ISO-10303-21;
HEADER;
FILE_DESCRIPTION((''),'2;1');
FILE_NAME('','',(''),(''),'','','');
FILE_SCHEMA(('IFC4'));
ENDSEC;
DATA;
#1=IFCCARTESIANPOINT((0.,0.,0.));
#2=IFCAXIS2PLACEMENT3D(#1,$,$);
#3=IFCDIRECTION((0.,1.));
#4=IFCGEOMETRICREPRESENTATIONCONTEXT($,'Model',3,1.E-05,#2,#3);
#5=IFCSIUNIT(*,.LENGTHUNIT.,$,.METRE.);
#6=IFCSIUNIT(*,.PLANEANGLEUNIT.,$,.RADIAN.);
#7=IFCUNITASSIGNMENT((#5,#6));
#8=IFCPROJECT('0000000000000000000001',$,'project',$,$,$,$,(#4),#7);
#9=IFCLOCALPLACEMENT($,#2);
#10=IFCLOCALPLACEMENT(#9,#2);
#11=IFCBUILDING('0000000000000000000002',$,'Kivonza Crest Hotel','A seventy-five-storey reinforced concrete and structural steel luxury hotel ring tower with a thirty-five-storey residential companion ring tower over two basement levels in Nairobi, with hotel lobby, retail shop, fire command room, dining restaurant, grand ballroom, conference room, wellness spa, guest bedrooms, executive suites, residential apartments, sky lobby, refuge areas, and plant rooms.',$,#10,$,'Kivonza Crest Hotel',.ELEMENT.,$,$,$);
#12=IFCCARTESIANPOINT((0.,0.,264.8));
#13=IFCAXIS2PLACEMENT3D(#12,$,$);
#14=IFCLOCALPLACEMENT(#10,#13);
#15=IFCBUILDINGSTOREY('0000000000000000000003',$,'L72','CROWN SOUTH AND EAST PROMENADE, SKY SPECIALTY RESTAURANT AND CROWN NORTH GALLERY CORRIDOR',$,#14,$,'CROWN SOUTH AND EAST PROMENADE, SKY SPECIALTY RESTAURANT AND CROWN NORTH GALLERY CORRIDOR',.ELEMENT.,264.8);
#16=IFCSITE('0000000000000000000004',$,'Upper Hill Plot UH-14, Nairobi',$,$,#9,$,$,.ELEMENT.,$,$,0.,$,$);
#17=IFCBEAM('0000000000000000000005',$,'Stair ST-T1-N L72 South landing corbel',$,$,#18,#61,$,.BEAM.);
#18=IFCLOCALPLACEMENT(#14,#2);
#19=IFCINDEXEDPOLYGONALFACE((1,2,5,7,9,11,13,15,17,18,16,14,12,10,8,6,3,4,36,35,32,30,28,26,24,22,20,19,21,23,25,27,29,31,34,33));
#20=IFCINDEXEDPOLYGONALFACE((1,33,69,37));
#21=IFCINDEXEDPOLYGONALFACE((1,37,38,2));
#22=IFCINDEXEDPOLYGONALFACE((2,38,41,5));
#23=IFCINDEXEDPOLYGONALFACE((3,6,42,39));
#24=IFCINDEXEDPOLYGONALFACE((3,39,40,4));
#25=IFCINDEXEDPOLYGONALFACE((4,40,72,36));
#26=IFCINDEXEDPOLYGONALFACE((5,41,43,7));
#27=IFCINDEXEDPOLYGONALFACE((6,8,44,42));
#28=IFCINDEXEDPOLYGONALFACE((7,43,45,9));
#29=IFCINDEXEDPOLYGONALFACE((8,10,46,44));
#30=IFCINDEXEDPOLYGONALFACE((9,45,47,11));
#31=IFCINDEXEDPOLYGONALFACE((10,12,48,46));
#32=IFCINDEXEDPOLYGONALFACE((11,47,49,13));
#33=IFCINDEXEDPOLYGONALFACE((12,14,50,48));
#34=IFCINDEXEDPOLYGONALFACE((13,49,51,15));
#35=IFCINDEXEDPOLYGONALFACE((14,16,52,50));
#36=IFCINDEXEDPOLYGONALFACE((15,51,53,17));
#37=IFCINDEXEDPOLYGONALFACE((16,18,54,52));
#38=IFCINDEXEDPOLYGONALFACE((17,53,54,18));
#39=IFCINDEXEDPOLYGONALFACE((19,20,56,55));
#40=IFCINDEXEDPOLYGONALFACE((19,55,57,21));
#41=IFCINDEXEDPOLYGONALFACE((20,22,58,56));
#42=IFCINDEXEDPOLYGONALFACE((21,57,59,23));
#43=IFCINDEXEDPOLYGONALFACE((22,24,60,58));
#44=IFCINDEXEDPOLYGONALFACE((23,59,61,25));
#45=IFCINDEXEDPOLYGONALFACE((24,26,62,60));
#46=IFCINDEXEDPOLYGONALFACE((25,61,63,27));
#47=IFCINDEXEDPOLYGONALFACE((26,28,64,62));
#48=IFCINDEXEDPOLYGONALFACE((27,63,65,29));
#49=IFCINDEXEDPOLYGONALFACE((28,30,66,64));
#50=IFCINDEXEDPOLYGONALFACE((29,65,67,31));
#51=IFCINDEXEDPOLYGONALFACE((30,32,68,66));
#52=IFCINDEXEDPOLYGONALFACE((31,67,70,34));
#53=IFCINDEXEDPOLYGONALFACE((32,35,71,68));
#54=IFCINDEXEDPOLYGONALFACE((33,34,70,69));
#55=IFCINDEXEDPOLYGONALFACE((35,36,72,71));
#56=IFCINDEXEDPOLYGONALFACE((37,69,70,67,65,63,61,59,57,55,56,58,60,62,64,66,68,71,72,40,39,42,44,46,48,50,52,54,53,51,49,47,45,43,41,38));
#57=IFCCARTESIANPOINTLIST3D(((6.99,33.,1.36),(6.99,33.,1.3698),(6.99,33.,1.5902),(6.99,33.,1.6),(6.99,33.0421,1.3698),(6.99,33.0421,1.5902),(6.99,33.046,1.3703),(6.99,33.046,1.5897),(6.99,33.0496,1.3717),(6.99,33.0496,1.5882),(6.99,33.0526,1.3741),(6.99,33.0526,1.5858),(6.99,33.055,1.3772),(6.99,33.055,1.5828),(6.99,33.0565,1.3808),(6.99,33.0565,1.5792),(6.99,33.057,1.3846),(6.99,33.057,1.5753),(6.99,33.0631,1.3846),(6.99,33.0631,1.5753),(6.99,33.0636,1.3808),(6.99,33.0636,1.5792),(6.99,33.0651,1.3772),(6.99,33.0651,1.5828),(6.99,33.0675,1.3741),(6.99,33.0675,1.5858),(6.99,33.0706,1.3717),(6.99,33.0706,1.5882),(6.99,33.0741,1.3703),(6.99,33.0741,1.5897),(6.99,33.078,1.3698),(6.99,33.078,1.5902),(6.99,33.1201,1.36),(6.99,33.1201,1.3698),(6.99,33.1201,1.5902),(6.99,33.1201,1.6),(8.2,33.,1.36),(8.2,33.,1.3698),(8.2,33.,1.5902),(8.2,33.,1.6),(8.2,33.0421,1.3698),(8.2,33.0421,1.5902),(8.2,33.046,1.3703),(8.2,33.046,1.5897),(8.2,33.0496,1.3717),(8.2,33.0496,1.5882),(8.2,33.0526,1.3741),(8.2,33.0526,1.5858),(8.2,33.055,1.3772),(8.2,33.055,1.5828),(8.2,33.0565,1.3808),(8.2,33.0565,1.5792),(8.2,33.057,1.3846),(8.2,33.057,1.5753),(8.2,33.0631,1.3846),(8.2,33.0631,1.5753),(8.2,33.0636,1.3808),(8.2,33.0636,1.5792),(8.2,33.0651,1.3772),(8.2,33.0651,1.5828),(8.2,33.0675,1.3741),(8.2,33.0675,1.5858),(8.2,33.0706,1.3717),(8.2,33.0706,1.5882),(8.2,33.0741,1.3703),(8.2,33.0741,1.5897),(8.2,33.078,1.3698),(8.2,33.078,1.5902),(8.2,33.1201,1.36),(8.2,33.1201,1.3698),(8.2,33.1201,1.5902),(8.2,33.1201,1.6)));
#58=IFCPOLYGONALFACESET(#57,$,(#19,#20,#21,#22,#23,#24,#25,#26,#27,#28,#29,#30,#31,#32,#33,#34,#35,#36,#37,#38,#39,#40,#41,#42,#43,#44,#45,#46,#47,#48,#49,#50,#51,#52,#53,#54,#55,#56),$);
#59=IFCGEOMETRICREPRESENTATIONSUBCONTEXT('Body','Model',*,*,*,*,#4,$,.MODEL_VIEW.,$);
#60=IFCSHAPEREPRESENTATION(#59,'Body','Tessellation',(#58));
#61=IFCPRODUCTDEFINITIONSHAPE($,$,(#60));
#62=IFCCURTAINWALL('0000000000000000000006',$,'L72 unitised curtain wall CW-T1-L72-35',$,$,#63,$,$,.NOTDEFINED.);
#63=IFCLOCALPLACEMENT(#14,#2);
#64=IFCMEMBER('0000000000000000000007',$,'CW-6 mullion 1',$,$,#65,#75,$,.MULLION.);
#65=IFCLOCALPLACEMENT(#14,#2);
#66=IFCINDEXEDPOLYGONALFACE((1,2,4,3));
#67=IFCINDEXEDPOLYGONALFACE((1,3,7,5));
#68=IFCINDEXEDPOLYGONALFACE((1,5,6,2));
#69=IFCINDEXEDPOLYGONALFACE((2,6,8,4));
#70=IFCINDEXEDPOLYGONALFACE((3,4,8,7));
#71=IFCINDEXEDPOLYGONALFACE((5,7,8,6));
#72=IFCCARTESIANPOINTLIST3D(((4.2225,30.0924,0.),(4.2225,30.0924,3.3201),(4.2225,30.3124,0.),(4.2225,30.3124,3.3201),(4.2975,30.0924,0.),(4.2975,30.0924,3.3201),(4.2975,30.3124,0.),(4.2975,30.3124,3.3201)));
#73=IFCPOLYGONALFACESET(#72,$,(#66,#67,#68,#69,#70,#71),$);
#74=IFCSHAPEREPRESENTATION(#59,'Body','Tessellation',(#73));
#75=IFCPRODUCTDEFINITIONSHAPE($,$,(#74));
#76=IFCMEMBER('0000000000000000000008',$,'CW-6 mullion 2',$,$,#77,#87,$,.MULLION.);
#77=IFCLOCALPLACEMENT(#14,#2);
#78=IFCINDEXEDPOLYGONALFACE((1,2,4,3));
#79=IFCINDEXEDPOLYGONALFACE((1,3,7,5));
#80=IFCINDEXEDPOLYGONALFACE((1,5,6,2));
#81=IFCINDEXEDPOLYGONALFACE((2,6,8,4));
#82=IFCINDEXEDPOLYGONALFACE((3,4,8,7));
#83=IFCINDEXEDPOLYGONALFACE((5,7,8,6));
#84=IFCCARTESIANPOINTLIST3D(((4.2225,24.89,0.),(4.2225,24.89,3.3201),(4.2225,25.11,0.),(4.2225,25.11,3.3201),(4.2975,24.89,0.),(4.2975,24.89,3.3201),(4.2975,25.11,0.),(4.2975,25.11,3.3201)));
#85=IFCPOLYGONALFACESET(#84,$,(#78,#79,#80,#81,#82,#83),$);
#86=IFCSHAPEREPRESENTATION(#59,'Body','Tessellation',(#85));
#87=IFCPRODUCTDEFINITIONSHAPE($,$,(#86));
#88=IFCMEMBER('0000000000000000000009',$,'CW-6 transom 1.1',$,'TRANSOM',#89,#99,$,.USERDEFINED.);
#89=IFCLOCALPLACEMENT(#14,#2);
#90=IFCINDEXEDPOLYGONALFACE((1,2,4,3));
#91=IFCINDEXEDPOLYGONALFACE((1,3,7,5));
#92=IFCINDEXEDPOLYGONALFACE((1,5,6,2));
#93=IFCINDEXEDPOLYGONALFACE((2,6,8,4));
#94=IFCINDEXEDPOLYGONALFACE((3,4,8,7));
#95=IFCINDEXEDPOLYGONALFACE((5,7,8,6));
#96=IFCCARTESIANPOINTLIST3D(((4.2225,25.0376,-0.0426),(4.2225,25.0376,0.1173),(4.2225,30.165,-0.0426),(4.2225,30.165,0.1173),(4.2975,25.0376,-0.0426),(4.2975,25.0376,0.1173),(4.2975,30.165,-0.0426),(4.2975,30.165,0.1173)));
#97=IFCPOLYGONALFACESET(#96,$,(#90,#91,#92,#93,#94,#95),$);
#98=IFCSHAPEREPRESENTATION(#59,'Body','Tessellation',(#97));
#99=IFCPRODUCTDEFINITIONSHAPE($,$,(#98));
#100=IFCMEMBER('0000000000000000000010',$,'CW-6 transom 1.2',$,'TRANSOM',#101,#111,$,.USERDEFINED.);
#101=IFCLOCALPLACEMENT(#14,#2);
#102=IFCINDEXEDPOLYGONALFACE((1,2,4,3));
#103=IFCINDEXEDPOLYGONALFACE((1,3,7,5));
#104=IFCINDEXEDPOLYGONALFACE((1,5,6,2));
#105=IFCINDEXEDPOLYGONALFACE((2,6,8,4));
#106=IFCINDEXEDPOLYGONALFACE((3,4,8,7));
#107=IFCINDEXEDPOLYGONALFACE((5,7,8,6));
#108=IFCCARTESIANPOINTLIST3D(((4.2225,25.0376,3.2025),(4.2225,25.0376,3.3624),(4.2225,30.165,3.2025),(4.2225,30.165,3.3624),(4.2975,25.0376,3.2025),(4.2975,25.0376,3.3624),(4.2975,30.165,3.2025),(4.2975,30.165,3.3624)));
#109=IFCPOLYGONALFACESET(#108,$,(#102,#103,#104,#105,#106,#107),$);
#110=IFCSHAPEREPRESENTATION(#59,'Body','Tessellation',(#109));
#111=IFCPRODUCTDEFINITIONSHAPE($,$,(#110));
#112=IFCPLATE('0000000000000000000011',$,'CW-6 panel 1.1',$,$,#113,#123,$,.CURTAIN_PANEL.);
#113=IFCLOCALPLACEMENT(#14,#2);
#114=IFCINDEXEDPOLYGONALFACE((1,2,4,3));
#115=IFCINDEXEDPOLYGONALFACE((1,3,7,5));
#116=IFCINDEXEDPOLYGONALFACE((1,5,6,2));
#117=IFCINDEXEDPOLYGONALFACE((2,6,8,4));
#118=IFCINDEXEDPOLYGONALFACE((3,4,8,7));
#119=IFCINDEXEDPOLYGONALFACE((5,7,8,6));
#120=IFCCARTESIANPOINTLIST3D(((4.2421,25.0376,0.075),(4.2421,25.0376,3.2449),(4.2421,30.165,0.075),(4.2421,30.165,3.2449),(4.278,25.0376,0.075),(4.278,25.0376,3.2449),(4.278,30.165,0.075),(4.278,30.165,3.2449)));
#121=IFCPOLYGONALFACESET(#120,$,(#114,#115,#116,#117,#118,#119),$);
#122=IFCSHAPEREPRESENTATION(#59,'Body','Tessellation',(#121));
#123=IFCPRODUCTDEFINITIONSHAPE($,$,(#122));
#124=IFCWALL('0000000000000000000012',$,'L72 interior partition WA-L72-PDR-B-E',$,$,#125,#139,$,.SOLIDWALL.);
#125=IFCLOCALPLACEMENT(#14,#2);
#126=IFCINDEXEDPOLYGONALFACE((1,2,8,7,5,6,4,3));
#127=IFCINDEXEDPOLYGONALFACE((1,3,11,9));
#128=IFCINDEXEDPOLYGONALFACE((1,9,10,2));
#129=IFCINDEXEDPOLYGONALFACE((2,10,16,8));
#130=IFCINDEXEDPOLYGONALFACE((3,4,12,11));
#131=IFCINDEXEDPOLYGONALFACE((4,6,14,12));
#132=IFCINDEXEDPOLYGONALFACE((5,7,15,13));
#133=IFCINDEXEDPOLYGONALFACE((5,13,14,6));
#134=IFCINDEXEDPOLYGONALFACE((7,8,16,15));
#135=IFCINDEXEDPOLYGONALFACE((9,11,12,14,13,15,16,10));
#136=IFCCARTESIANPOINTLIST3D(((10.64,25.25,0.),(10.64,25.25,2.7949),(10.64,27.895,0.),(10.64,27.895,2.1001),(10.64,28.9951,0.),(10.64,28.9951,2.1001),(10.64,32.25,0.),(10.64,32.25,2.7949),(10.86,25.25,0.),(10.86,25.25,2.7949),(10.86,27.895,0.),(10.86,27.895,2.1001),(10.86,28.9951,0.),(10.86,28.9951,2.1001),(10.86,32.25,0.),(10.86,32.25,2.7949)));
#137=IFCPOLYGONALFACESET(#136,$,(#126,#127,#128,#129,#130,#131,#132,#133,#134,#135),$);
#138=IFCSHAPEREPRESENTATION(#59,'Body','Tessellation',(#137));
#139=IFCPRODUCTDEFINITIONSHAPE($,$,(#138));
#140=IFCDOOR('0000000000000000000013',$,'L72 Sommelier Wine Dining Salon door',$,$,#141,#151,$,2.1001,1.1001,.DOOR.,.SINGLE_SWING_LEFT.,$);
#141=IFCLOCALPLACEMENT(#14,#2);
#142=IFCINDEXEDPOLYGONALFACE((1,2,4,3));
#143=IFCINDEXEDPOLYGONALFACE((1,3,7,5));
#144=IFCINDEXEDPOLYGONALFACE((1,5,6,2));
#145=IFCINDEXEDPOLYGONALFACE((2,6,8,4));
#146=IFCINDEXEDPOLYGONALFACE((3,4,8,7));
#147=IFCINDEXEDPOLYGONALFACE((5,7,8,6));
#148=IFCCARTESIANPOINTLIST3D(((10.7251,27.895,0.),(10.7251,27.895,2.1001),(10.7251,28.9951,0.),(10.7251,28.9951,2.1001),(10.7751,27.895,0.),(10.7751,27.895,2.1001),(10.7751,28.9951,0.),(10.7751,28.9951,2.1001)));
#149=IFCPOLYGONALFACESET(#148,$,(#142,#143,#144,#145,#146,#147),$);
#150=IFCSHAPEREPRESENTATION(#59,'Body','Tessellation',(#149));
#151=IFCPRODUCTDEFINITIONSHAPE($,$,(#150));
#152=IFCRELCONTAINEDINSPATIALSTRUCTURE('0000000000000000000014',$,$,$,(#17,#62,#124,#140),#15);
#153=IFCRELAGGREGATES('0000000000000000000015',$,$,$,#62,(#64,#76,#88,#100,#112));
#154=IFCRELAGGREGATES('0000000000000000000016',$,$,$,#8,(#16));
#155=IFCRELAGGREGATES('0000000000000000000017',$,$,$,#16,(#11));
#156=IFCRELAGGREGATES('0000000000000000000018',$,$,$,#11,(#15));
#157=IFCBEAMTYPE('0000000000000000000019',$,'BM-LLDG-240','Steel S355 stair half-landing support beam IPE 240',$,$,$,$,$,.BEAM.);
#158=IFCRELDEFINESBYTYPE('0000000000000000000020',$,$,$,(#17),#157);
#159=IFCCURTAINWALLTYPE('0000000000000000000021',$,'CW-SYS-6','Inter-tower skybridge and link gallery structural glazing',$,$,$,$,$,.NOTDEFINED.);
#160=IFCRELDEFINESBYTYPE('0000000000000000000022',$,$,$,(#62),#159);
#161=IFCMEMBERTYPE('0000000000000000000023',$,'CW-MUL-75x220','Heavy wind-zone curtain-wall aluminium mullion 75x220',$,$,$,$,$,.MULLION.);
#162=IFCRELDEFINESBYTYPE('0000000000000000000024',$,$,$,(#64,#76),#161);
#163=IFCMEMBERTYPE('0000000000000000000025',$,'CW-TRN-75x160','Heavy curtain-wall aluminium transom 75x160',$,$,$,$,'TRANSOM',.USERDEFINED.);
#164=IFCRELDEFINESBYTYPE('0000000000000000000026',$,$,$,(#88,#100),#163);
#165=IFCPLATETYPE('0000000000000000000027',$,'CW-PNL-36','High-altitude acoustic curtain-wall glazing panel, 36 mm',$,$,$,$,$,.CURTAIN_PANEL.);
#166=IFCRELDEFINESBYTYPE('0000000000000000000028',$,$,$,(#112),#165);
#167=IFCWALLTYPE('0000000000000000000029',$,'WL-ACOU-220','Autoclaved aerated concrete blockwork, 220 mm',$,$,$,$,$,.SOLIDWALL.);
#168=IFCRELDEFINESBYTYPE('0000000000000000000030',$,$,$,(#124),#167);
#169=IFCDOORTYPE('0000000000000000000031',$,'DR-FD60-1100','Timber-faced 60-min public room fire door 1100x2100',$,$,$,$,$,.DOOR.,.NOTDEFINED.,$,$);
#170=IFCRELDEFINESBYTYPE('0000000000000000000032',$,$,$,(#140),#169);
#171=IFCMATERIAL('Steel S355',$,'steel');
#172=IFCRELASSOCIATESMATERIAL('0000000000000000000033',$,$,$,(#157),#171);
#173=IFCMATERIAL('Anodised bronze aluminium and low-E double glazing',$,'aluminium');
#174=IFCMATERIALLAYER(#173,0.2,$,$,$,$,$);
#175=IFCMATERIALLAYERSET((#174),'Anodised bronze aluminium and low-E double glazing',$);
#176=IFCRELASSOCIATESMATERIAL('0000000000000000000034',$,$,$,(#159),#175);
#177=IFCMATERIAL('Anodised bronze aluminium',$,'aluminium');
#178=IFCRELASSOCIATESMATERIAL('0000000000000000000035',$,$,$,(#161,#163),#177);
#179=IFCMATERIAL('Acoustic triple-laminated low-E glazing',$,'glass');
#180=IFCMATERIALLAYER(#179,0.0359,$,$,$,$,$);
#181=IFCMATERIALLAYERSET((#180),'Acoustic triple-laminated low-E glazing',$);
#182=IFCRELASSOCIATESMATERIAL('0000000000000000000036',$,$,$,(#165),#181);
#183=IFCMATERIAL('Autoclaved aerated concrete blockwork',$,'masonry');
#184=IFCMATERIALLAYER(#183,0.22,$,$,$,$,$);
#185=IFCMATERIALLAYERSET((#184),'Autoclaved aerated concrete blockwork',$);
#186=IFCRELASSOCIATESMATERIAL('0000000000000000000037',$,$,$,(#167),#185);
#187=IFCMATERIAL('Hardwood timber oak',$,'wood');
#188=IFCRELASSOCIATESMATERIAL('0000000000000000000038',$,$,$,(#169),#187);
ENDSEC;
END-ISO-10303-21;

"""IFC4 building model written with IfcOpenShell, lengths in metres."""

from ifc_helpers import new_model, si_unit, direction, frame, frame_2d, origin, origin_2d, place, context, subcontext, project, spatial, rectangle, i_section, extrude, material, layer, layer_set, material_profile, profile_set, type_object, element, fill, aggregate, save


model = new_model("IFC4")

# Units and contexts
model_context = context("Model", 3, precision=1e-05, world=origin(), true_north=direction((0.0, 1.0)))
body_context = subcontext(model_context, "Body", "Model", "MODEL_VIEW")
ifc_project = project(units=[si_unit("LENGTHUNIT", "METRE"), si_unit("PLANEANGLEUNIT", "RADIAN")], contexts=[model_context])

# Site, building, storey
site_placement = place(None, origin())
site = spatial("IfcSite", under=ifc_project, at=site_placement, Name="Upper Hill Plot UH-14, Nairobi", CompositionType="ELEMENT", RefElevation=0.0)
building_placement = place(site_placement, origin())
building = spatial("IfcBuilding", under=site, at=building_placement, Name="Kivonza Crest Hotel", Description="A seventy-five-storey reinforced concrete and structural steel luxury hotel ring tower with a thirty-five-storey residential companion ring tower over two basement levels in Nairobi, with hotel lobby, retail shop, fire command room, dining restaurant, grand ballroom, conference room, wellness spa, guest bedrooms, executive suites, residential apartments, sky lobby, refuge areas, and plant rooms.", LongName="Kivonza Crest Hotel", CompositionType="ELEMENT")
storey_placement = place(building_placement, frame((0.0, 0.0, 264.8)))
storey = spatial("IfcBuildingStorey", under=building, at=storey_placement, Name="L72", Description="CROWN SOUTH AND EAST PROMENADE, SKY SPECIALTY RESTAURANT AND CROWN NORTH GALLERY CORRIDOR", LongName="CROWN SOUTH AND EAST PROMENADE, SKY SPECIALTY RESTAURANT AND CROWN NORTH GALLERY CORRIDOR", CompositionType="ELEMENT", Elevation=264.8)

# Beam
ifc_material_1 = material(Name="Steel S355", Category="steel")
ifc_material_profile_1 = material_profile(ifc_material_1, i_section(OverallWidth=0.1201, OverallDepth=0.24, WebThickness=0.0061, FlangeThickness=0.0098, FilletRadius=0.0149, at=origin_2d()), Name="IPE 240")
ifc_profile_set_1 = profile_set([ifc_material_profile_1], Name="Steel S355")
beam_type_1 = type_object("IfcBeamType", Name="BM-LLDG-240", Description="Steel S355 stair half-landing support beam IPE 240", PredefinedType="BEAM", material=ifc_profile_set_1)
beam_1_placement = place(storey_placement, frame((6.99, 33.0601, 1.48), z_axis=(1.0, 0.0, 0.0), x_axis=(0.0, 1.0, 0.0)))
element("IfcBeam", 1, at=beam_1_placement, inside=storey, type_object=beam_type_1, Name="Stair ST-T1-N L72 South landing corbel", PredefinedType="BEAM", context=body_context, shape_type="SweptSolid", body=[
    extrude(i_section(OverallWidth=0.1201, OverallDepth=0.24, WebThickness=0.0061, FlangeThickness=0.0098, FilletRadius=0.0149, at=origin_2d()), origin(), (0.0, 0.0, 1.0), 1.21),
])

# Curtain wall, members, plate
ifc_material_2 = material(Name="Anodised bronze aluminium and low-E double glazing", Category="aluminium")
ifc_layer_1 = layer(ifc_material_2, 0.2)
ifc_layer_set_1 = layer_set([ifc_layer_1], Name="Anodised bronze aluminium and low-E double glazing")
curtain_wall_type = type_object("IfcCurtainWallType", Name="CW-SYS-6", Description="Inter-tower skybridge and link gallery structural glazing", PredefinedType="NOTDEFINED", material=ifc_layer_set_1)
curtain_wall_placement = place(storey_placement, origin())
curtain_wall = element("IfcCurtainWall", 2, at=curtain_wall_placement, inside=storey, type_object=curtain_wall_type, Name="L72 unitised curtain wall CW-T1-L72-35", PredefinedType="NOTDEFINED")
ifc_material_3 = material(Name="Anodised bronze aluminium", Category="aluminium")
ifc_material_profile_2 = material_profile(ifc_material_3, rectangle(XDim=0.075, YDim=0.22, at=origin_2d()), Name="CW-M 75x220")
ifc_profile_set_2 = profile_set([ifc_material_profile_2], Name="Anodised bronze aluminium")
member_type_1 = type_object("IfcMemberType", Name="CW-MUL-75x220", Description="Heavy wind-zone curtain-wall aluminium mullion 75x220", PredefinedType="MULLION", material=ifc_profile_set_2)
member_1_placement = place(storey_placement, frame((4.26, 30.2024, 0.0), z_axis=(0.0, 0.0, 1.0), x_axis=(1.0, 0.0, 0.0)))
member_1 = element("IfcMember", 3, at=member_1_placement, type_object=member_type_1, Name="CW-6 mullion 1", PredefinedType="MULLION", context=body_context, shape_type="SweptSolid", body=[
    extrude(rectangle(XDim=0.075, YDim=0.22, at=origin_2d()), origin(), (0.0, 0.0, 1.0), 3.3201),
])
member_2_placement = place(storey_placement, frame((4.26, 25.0, 0.0), z_axis=(0.0, 0.0, 1.0), x_axis=(1.0, 0.0, 0.0)))
member_2 = element("IfcMember", 4, at=member_2_placement, type_object=member_type_1, Name="CW-6 mullion 2", PredefinedType="MULLION", context=body_context, shape_type="SweptSolid", body=[
    extrude(rectangle(XDim=0.075, YDim=0.22, at=origin_2d()), origin(), (0.0, 0.0, 1.0), 3.3201),
])
ifc_material_profile_3 = material_profile(ifc_material_3, rectangle(XDim=0.075, YDim=0.1599, at=origin_2d()), Name="CW-T 75x160")
ifc_profile_set_3 = profile_set([ifc_material_profile_3], Name="Anodised bronze aluminium")
member_type_2 = type_object("IfcMemberType", Name="CW-TRN-75x160", Description="Heavy curtain-wall aluminium transom 75x160", ElementType="TRANSOM", PredefinedType="USERDEFINED", material=ifc_profile_set_3)
member_3_placement = place(storey_placement, frame((4.26, 30.165, 0.0374), z_axis=(0.0, -1.0, 0.0), x_axis=(1.0, 0.0, 0.0)))
member_3 = element("IfcMember", 5, at=member_3_placement, type_object=member_type_2, Name="CW-6 transom 1.1", ObjectType="TRANSOM", PredefinedType="USERDEFINED", context=body_context, shape_type="SweptSolid", body=[
    extrude(rectangle(XDim=0.075, YDim=0.1599, at=origin_2d()), origin(), (0.0, 0.0, 1.0), 5.1274),
])
member_4_placement = place(storey_placement, frame((4.26, 30.165, 3.2825), z_axis=(0.0, -1.0, 0.0), x_axis=(1.0, 0.0, 0.0)))
member_4 = element("IfcMember", 6, at=member_4_placement, type_object=member_type_2, Name="CW-6 transom 1.2", ObjectType="TRANSOM", PredefinedType="USERDEFINED", context=body_context, shape_type="SweptSolid", body=[
    extrude(rectangle(XDim=0.075, YDim=0.1599, at=origin_2d()), origin(), (0.0, 0.0, 1.0), 5.1274),
])
ifc_material_4 = material(Name="Acoustic triple-laminated low-E glazing", Category="glass")
ifc_layer_2 = layer(ifc_material_4, 0.0359)
ifc_layer_set_2 = layer_set([ifc_layer_2], Name="Acoustic triple-laminated low-E glazing")
plate_type = type_object("IfcPlateType", Name="CW-PNL-36", Description="High-altitude acoustic curtain-wall glazing panel, 36 mm", PredefinedType="CURTAIN_PANEL", material=ifc_layer_set_2)
plate_placement = place(storey_placement, frame((4.26, 27.6013, 0.075), z_axis=(0.0, 0.0, 1.0), x_axis=(0.0, -1.0, 0.0)))
plate = element("IfcPlate", 7, at=plate_placement, type_object=plate_type, Name="CW-6 panel 1.1", PredefinedType="CURTAIN_PANEL", context=body_context, shape_type="SweptSolid", body=[
    extrude(rectangle(XDim=5.1274, YDim=0.0359, at=origin_2d()), origin(), (0.0, 0.0, 1.0), 3.1699),
])
aggregate(curtain_wall, [member_1, member_2, member_3, member_4, plate])

# Wall, opening, door
ifc_material_5 = material(Name="Autoclaved aerated concrete blockwork", Category="masonry")
ifc_layer_3 = layer(ifc_material_5, 0.22)
ifc_layer_set_3 = layer_set([ifc_layer_3], Name="Autoclaved aerated concrete blockwork")
wall_type_1 = type_object("IfcWallType", Name="WL-ACOU-220", Description="Autoclaved aerated concrete blockwork, 220 mm", PredefinedType="SOLIDWALL", material=ifc_layer_set_3)
wall_1_placement = place(storey_placement, frame((10.75, 25.25, 0.0), z_axis=(0.0, 0.0, 1.0), x_axis=(0.0, 1.0, 0.0)))
wall_1 = element("IfcWall", 8, at=wall_1_placement, inside=storey, type_object=wall_type_1, Name="L72 interior partition WA-L72-PDR-B-E", PredefinedType="SOLIDWALL", context=body_context, shape_type="SweptSolid", body=[
    extrude(rectangle(XDim=7.0, YDim=0.22, at=frame_2d((3.5, 0.0))), origin(), (0.0, 0.0, 1.0), 2.7949),
])
opening_1_placement = place(wall_1_placement, frame((2.645, 0.0, 0.0)))
opening_1 = element("IfcOpeningElement", 9, at=opening_1_placement, cuts=wall_1, PredefinedType="OPENING", context=body_context, shape_type="SweptSolid", body=[
    extrude(rectangle(XDim=1.1001, YDim=2.1001, at=frame_2d((0.55, 1.05))), frame((0.0, 0.1201, 0.0), z_axis=(0.0, -1.0, 0.0), x_axis=(1.0, 0.0, 0.0)), (0.0, 0.0, 1.0), 0.24),
])
ifc_material_6 = material(Name="Hardwood timber oak", Category="wood")
door_type_1 = type_object("IfcDoorType", Name="DR-FD60-1100", Description="Timber-faced 60-min public room fire door 1100x2100", OperationType="NOTDEFINED", PredefinedType="DOOR", material=ifc_material_6)
door_1_placement = place(opening_1_placement, origin())
door_1 = element("IfcDoor", 10, at=door_1_placement, inside=storey, type_object=door_type_1, Name="L72 Sommelier Wine Dining Salon door", OperationType="SINGLE_SWING_LEFT", OverallHeight=2.1001, OverallWidth=1.1001, PredefinedType="DOOR", context=body_context, shape_type="SweptSolid", body=[
    extrude(rectangle(XDim=1.1001, YDim=2.1001, at=frame_2d((0.55, 1.05))), frame((0.0, 0.0249, 0.0), z_axis=(0.0, -1.0, 0.0), x_axis=(1.0, 0.0, 0.0)), (0.0, 0.0, 1.0), 0.05),
])
fill(opening_1, door_1)

save(model, "model.ifc")
